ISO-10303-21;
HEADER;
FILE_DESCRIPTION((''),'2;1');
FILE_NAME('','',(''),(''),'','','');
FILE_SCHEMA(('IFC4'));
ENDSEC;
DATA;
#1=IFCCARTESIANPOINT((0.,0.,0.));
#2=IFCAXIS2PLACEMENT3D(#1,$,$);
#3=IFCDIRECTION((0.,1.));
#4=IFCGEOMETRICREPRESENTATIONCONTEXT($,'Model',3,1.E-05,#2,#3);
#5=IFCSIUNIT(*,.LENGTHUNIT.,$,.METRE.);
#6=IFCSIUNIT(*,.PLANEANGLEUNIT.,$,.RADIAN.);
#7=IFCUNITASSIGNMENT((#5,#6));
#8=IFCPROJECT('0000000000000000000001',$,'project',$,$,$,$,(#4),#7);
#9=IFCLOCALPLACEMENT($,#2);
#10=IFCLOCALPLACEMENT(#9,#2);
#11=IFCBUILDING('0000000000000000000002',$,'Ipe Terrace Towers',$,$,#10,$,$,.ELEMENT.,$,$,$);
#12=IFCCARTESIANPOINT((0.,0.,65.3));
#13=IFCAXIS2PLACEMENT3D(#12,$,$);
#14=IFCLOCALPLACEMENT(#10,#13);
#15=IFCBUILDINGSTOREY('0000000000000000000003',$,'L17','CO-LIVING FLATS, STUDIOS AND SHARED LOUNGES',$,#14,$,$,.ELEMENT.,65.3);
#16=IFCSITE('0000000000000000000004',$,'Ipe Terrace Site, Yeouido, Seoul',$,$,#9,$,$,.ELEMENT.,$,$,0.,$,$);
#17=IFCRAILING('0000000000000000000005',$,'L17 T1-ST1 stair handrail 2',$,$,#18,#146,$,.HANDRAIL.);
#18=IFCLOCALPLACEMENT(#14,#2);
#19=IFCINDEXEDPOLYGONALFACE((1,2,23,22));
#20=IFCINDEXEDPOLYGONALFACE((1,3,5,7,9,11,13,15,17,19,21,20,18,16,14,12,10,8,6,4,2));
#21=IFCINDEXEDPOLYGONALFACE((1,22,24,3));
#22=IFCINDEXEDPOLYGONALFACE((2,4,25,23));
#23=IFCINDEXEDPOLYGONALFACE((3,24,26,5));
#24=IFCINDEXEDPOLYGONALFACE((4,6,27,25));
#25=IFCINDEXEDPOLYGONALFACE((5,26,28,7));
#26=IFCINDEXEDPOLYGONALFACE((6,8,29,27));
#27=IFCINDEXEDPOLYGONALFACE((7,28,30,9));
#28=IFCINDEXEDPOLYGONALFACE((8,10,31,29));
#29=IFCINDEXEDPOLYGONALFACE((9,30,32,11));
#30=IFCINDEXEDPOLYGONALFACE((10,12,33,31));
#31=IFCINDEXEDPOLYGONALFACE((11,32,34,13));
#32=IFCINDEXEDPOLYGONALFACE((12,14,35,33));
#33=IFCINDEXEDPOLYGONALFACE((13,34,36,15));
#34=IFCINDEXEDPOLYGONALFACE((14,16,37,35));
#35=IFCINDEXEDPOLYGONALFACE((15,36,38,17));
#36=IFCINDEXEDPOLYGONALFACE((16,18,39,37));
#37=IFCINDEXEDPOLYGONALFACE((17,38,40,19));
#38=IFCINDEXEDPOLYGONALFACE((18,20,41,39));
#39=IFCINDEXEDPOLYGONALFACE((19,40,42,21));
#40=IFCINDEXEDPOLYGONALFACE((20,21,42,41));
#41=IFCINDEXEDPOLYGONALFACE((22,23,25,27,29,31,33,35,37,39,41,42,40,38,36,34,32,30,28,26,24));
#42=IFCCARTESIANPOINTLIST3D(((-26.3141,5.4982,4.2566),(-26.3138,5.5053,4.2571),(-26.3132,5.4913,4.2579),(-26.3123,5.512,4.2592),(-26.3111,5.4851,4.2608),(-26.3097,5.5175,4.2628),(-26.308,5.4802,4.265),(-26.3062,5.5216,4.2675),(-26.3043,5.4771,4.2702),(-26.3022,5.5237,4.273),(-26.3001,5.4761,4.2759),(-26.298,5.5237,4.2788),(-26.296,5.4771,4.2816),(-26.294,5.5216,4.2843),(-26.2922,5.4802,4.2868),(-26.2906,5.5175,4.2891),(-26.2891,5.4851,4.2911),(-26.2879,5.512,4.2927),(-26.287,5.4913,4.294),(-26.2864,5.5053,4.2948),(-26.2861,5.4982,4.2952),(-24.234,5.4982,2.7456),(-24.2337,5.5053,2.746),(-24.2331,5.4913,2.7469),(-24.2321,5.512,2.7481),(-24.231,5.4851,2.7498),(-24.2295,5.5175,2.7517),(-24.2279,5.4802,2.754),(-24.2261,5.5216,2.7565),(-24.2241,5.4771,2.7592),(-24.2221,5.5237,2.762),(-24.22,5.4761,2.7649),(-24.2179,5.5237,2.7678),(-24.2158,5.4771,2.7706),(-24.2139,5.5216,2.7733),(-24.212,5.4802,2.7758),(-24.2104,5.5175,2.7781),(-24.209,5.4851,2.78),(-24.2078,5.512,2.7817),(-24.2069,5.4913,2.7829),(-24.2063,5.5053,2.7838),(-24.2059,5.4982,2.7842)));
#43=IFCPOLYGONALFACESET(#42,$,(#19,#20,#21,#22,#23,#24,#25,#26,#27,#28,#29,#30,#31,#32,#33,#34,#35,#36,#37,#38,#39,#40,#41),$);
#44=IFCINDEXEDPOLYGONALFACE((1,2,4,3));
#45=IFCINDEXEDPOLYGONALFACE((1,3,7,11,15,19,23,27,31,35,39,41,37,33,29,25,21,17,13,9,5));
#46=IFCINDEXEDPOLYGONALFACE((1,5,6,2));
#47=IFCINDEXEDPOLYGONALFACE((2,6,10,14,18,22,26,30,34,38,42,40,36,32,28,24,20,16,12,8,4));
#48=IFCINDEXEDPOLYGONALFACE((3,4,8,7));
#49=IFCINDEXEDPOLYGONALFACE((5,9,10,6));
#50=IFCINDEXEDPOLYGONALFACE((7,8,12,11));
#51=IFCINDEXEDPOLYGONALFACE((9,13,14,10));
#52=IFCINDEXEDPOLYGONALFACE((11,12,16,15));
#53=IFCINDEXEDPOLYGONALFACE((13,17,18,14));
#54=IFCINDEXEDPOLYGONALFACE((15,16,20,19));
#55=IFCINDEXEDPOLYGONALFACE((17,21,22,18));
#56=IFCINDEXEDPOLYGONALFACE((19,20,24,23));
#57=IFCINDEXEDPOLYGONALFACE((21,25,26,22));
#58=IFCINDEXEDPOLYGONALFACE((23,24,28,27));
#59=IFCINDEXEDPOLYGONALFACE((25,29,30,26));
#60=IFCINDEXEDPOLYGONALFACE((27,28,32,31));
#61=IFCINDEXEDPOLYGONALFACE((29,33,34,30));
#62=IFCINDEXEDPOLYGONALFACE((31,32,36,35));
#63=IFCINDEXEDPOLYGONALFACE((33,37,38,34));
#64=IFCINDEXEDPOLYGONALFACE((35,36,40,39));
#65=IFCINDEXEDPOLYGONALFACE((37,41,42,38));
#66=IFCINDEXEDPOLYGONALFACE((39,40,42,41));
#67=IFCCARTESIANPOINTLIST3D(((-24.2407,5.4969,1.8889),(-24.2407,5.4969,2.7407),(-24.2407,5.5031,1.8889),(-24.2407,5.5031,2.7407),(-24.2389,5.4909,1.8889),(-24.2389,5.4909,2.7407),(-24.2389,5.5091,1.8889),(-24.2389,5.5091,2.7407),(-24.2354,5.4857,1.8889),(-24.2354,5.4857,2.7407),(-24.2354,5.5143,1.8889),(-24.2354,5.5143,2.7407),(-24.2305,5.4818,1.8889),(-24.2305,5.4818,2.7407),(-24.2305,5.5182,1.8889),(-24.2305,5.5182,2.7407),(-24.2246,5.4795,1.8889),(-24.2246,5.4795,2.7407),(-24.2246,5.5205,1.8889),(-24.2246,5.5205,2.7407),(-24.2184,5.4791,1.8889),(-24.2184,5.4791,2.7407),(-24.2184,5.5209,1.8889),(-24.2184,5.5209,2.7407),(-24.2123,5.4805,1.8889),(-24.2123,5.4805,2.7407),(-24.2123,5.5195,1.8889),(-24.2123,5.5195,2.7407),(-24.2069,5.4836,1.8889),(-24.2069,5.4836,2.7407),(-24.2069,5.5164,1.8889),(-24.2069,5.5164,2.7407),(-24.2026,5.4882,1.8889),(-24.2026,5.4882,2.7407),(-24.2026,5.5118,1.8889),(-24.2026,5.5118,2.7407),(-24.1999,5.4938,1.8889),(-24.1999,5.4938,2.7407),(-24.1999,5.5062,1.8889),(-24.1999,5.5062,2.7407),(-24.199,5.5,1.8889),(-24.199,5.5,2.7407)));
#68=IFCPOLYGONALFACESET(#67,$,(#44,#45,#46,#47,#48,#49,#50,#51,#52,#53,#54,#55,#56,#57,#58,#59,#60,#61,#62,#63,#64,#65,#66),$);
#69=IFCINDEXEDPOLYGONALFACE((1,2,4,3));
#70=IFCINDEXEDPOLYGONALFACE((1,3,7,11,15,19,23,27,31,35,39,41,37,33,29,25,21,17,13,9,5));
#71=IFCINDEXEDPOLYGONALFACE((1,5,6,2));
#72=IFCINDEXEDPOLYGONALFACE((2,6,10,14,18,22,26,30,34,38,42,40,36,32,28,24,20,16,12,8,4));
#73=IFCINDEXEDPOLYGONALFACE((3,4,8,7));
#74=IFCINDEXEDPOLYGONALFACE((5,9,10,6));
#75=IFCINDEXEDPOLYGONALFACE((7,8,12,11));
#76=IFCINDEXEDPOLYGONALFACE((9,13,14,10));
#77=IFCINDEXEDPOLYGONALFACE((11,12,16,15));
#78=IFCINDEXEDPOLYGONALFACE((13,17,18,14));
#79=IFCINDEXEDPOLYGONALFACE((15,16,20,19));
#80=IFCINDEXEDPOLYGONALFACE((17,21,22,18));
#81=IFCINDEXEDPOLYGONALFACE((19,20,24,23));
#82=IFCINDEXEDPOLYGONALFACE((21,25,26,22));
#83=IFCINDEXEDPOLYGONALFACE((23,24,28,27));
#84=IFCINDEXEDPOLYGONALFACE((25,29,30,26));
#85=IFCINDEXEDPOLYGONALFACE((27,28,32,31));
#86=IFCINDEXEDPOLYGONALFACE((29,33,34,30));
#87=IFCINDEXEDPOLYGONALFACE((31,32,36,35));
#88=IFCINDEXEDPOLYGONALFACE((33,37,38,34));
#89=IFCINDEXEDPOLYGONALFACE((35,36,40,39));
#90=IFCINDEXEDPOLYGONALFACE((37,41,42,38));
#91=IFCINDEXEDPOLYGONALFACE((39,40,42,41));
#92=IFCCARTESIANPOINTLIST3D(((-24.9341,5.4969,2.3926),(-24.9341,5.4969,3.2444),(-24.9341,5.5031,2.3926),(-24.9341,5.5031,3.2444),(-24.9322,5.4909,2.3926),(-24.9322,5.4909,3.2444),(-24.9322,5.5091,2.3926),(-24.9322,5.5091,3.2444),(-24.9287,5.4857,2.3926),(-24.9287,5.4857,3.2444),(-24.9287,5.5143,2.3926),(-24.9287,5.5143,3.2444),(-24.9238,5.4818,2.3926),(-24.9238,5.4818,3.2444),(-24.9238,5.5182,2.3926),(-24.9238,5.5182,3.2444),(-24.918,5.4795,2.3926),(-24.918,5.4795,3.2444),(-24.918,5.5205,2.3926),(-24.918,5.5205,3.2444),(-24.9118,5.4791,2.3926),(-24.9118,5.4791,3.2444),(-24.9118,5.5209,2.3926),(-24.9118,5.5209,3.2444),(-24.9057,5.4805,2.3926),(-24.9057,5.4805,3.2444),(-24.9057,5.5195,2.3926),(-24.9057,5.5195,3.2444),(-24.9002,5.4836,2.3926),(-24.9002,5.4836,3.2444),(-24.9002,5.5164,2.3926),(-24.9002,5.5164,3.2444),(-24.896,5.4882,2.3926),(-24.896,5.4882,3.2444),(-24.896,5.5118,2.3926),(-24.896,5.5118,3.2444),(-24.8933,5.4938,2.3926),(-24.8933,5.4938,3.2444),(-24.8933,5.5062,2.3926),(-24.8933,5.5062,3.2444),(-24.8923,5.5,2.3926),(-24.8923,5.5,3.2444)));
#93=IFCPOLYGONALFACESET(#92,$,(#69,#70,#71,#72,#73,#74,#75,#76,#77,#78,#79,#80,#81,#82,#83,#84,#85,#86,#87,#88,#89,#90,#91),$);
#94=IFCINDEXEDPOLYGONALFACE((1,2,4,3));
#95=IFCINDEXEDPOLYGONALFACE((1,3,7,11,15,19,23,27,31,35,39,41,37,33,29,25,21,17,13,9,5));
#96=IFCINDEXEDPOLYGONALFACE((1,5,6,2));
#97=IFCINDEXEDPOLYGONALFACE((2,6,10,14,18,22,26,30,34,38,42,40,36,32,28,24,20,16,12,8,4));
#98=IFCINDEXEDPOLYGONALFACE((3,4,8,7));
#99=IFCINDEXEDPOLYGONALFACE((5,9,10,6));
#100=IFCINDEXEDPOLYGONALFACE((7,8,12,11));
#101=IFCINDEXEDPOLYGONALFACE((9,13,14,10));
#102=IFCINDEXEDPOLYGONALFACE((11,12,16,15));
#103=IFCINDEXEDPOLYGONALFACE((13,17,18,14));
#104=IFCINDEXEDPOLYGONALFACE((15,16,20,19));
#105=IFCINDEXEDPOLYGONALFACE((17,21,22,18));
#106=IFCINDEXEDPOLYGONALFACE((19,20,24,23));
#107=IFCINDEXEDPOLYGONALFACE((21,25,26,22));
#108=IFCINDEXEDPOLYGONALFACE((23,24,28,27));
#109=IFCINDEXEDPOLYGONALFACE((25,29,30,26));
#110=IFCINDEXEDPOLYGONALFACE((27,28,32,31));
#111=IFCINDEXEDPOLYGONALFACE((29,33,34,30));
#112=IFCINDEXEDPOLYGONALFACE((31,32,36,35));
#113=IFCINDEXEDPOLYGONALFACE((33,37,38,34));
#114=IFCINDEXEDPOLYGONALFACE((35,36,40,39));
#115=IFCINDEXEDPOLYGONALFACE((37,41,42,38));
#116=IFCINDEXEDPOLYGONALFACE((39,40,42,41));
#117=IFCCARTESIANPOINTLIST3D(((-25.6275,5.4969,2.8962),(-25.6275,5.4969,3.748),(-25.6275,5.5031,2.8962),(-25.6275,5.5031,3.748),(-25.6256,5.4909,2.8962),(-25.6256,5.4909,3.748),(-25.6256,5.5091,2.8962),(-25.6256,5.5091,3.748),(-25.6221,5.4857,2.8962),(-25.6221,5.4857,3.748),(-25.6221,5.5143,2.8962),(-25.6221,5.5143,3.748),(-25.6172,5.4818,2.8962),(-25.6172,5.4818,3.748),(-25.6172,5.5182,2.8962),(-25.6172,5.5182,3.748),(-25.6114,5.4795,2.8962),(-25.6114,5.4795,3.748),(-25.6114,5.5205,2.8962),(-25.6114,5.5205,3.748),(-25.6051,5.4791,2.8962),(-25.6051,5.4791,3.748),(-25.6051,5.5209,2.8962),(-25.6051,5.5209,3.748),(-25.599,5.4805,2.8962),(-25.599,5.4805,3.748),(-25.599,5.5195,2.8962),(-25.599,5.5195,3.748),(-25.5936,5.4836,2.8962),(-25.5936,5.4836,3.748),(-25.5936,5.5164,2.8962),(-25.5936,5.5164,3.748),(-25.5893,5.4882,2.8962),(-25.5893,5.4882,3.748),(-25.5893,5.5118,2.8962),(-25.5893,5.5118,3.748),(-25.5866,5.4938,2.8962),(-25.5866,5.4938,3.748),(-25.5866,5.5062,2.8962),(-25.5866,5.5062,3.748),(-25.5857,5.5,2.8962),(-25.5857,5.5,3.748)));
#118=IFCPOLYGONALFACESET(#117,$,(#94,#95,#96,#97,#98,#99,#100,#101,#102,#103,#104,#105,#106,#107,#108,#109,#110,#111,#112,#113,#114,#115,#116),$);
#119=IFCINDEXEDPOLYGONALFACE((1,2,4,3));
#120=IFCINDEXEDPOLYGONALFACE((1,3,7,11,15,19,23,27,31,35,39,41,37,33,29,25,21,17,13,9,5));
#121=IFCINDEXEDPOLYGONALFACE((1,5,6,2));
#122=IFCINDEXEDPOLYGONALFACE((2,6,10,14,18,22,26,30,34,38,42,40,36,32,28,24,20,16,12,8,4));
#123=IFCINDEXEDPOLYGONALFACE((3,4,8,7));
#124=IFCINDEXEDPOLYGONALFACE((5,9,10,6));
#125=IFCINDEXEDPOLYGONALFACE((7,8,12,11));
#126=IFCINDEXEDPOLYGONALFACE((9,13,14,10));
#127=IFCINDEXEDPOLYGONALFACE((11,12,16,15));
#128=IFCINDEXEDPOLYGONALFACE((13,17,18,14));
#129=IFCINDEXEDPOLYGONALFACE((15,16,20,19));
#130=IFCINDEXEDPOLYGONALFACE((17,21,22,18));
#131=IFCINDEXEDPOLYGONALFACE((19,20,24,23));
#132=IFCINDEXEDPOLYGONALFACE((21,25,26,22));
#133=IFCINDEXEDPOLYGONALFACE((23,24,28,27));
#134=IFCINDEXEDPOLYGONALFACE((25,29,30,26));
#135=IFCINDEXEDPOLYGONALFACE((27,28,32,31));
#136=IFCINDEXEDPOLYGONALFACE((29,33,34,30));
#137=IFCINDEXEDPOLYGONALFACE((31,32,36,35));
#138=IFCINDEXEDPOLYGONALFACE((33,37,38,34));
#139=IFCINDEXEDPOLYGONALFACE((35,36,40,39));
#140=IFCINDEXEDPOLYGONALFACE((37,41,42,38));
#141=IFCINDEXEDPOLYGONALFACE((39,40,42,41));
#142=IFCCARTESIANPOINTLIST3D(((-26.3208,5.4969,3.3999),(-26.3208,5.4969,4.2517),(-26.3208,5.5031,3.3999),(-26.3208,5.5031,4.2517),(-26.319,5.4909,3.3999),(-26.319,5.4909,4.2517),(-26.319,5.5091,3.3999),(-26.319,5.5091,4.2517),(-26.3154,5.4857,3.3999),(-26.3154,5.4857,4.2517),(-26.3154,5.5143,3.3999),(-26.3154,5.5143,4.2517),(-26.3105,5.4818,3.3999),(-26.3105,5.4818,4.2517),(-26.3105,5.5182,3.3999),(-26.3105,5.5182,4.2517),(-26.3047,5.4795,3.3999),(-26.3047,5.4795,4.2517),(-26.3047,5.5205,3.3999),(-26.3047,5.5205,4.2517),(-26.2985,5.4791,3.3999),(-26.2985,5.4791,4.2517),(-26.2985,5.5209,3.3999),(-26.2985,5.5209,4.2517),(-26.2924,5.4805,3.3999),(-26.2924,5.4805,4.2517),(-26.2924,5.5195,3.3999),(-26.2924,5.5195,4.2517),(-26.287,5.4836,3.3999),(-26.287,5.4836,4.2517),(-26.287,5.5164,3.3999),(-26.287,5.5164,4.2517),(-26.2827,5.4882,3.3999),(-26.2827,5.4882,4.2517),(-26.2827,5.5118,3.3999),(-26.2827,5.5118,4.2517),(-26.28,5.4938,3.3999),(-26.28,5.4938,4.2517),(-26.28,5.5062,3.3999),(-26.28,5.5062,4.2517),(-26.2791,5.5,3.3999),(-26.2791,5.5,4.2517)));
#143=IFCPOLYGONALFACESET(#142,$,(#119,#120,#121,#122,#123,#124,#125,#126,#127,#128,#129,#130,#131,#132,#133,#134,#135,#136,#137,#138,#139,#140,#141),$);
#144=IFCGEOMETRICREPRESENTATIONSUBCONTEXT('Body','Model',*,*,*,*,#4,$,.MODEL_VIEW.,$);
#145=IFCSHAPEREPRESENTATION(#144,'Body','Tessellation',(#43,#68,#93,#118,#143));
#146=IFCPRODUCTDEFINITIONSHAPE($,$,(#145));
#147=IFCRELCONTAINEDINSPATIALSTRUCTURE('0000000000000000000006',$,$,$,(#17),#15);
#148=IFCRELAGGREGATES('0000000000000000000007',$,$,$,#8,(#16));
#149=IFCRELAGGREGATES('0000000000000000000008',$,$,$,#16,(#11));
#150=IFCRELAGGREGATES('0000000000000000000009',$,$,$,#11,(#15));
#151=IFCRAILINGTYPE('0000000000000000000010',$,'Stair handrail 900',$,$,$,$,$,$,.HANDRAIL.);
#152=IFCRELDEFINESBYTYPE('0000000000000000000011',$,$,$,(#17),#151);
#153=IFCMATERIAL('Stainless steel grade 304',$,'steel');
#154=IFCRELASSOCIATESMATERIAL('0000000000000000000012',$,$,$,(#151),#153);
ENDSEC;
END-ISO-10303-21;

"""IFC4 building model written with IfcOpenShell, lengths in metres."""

from ifc_helpers import new_model, si_unit, direction, frame, origin, origin_2d, place, context, subcontext, project, spatial, circle, extrude, material, type_object, element, save


model = new_model("IFC4")

# Units and contexts
model_context = context("Model", 3, precision=1e-05, world=origin(), true_north=direction((0.0, 1.0)))
body_context = subcontext(model_context, "Body", "Model", "MODEL_VIEW")
ifc_project = project(units=[si_unit("LENGTHUNIT", "METRE"), si_unit("PLANEANGLEUNIT", "RADIAN")], contexts=[model_context])

# Site, building, storey
site_placement = place(None, origin())
site = spatial("IfcSite", under=ifc_project, at=site_placement, Name="Ipe Terrace Site, Yeouido, Seoul", CompositionType="ELEMENT", RefElevation=0.0)
building_placement = place(site_placement, origin())
building = spatial("IfcBuilding", under=site, at=building_placement, Name="Ipe Terrace Towers", CompositionType="ELEMENT")
storey_placement = place(building_placement, frame((0.0, 0.0, 65.3)))
storey = spatial("IfcBuildingStorey", under=building, at=storey_placement, Name="L17", Description="CO-LIVING FLATS, STUDIOS AND SHARED LOUNGES", CompositionType="ELEMENT", Elevation=65.3)

# Railing
ifc_material_1 = material(Name="Stainless steel grade 304", Category="steel")
railing_type = type_object("IfcRailingType", Name="Stair handrail 900", PredefinedType="HANDRAIL", material=ifc_material_1)
railing_1_placement = place(storey_placement, frame((-24.22, 5.5, 1.8889)))
element("IfcRailing", 1, at=railing_1_placement, inside=storey, type_object=railing_type, Name="L17 T1-ST1 stair handrail 2", PredefinedType="HANDRAIL", context=body_context, shape_type="SweptSolid", body=[
    extrude(circle(Radius=0.0239, at=origin_2d()), frame((0.0, 0.0, 0.876), z_axis=(-0.809069, 0.0, 0.587714), x_axis=(0.0, -1.0, 0.0)), (0.0, 0.0, 1.0), 2.571),
    extrude(circle(Radius=0.021, at=origin_2d()), origin(), (0.0, 0.0, 1.0), 0.8518),
    extrude(circle(Radius=0.021, at=origin_2d()), frame((-0.6934, 0.0, 0.5037)), (0.0, 0.0, 1.0), 0.8518),
    extrude(circle(Radius=0.021, at=origin_2d()), frame((-1.3867, 0.0, 1.0073)), (0.0, 0.0, 1.0), 0.8518),
    extrude(circle(Radius=0.021, at=origin_2d()), frame((-2.0801, 0.0, 1.511)), (0.0, 0.0, 1.0), 0.8518),
])

save(model, "model.ifc")
